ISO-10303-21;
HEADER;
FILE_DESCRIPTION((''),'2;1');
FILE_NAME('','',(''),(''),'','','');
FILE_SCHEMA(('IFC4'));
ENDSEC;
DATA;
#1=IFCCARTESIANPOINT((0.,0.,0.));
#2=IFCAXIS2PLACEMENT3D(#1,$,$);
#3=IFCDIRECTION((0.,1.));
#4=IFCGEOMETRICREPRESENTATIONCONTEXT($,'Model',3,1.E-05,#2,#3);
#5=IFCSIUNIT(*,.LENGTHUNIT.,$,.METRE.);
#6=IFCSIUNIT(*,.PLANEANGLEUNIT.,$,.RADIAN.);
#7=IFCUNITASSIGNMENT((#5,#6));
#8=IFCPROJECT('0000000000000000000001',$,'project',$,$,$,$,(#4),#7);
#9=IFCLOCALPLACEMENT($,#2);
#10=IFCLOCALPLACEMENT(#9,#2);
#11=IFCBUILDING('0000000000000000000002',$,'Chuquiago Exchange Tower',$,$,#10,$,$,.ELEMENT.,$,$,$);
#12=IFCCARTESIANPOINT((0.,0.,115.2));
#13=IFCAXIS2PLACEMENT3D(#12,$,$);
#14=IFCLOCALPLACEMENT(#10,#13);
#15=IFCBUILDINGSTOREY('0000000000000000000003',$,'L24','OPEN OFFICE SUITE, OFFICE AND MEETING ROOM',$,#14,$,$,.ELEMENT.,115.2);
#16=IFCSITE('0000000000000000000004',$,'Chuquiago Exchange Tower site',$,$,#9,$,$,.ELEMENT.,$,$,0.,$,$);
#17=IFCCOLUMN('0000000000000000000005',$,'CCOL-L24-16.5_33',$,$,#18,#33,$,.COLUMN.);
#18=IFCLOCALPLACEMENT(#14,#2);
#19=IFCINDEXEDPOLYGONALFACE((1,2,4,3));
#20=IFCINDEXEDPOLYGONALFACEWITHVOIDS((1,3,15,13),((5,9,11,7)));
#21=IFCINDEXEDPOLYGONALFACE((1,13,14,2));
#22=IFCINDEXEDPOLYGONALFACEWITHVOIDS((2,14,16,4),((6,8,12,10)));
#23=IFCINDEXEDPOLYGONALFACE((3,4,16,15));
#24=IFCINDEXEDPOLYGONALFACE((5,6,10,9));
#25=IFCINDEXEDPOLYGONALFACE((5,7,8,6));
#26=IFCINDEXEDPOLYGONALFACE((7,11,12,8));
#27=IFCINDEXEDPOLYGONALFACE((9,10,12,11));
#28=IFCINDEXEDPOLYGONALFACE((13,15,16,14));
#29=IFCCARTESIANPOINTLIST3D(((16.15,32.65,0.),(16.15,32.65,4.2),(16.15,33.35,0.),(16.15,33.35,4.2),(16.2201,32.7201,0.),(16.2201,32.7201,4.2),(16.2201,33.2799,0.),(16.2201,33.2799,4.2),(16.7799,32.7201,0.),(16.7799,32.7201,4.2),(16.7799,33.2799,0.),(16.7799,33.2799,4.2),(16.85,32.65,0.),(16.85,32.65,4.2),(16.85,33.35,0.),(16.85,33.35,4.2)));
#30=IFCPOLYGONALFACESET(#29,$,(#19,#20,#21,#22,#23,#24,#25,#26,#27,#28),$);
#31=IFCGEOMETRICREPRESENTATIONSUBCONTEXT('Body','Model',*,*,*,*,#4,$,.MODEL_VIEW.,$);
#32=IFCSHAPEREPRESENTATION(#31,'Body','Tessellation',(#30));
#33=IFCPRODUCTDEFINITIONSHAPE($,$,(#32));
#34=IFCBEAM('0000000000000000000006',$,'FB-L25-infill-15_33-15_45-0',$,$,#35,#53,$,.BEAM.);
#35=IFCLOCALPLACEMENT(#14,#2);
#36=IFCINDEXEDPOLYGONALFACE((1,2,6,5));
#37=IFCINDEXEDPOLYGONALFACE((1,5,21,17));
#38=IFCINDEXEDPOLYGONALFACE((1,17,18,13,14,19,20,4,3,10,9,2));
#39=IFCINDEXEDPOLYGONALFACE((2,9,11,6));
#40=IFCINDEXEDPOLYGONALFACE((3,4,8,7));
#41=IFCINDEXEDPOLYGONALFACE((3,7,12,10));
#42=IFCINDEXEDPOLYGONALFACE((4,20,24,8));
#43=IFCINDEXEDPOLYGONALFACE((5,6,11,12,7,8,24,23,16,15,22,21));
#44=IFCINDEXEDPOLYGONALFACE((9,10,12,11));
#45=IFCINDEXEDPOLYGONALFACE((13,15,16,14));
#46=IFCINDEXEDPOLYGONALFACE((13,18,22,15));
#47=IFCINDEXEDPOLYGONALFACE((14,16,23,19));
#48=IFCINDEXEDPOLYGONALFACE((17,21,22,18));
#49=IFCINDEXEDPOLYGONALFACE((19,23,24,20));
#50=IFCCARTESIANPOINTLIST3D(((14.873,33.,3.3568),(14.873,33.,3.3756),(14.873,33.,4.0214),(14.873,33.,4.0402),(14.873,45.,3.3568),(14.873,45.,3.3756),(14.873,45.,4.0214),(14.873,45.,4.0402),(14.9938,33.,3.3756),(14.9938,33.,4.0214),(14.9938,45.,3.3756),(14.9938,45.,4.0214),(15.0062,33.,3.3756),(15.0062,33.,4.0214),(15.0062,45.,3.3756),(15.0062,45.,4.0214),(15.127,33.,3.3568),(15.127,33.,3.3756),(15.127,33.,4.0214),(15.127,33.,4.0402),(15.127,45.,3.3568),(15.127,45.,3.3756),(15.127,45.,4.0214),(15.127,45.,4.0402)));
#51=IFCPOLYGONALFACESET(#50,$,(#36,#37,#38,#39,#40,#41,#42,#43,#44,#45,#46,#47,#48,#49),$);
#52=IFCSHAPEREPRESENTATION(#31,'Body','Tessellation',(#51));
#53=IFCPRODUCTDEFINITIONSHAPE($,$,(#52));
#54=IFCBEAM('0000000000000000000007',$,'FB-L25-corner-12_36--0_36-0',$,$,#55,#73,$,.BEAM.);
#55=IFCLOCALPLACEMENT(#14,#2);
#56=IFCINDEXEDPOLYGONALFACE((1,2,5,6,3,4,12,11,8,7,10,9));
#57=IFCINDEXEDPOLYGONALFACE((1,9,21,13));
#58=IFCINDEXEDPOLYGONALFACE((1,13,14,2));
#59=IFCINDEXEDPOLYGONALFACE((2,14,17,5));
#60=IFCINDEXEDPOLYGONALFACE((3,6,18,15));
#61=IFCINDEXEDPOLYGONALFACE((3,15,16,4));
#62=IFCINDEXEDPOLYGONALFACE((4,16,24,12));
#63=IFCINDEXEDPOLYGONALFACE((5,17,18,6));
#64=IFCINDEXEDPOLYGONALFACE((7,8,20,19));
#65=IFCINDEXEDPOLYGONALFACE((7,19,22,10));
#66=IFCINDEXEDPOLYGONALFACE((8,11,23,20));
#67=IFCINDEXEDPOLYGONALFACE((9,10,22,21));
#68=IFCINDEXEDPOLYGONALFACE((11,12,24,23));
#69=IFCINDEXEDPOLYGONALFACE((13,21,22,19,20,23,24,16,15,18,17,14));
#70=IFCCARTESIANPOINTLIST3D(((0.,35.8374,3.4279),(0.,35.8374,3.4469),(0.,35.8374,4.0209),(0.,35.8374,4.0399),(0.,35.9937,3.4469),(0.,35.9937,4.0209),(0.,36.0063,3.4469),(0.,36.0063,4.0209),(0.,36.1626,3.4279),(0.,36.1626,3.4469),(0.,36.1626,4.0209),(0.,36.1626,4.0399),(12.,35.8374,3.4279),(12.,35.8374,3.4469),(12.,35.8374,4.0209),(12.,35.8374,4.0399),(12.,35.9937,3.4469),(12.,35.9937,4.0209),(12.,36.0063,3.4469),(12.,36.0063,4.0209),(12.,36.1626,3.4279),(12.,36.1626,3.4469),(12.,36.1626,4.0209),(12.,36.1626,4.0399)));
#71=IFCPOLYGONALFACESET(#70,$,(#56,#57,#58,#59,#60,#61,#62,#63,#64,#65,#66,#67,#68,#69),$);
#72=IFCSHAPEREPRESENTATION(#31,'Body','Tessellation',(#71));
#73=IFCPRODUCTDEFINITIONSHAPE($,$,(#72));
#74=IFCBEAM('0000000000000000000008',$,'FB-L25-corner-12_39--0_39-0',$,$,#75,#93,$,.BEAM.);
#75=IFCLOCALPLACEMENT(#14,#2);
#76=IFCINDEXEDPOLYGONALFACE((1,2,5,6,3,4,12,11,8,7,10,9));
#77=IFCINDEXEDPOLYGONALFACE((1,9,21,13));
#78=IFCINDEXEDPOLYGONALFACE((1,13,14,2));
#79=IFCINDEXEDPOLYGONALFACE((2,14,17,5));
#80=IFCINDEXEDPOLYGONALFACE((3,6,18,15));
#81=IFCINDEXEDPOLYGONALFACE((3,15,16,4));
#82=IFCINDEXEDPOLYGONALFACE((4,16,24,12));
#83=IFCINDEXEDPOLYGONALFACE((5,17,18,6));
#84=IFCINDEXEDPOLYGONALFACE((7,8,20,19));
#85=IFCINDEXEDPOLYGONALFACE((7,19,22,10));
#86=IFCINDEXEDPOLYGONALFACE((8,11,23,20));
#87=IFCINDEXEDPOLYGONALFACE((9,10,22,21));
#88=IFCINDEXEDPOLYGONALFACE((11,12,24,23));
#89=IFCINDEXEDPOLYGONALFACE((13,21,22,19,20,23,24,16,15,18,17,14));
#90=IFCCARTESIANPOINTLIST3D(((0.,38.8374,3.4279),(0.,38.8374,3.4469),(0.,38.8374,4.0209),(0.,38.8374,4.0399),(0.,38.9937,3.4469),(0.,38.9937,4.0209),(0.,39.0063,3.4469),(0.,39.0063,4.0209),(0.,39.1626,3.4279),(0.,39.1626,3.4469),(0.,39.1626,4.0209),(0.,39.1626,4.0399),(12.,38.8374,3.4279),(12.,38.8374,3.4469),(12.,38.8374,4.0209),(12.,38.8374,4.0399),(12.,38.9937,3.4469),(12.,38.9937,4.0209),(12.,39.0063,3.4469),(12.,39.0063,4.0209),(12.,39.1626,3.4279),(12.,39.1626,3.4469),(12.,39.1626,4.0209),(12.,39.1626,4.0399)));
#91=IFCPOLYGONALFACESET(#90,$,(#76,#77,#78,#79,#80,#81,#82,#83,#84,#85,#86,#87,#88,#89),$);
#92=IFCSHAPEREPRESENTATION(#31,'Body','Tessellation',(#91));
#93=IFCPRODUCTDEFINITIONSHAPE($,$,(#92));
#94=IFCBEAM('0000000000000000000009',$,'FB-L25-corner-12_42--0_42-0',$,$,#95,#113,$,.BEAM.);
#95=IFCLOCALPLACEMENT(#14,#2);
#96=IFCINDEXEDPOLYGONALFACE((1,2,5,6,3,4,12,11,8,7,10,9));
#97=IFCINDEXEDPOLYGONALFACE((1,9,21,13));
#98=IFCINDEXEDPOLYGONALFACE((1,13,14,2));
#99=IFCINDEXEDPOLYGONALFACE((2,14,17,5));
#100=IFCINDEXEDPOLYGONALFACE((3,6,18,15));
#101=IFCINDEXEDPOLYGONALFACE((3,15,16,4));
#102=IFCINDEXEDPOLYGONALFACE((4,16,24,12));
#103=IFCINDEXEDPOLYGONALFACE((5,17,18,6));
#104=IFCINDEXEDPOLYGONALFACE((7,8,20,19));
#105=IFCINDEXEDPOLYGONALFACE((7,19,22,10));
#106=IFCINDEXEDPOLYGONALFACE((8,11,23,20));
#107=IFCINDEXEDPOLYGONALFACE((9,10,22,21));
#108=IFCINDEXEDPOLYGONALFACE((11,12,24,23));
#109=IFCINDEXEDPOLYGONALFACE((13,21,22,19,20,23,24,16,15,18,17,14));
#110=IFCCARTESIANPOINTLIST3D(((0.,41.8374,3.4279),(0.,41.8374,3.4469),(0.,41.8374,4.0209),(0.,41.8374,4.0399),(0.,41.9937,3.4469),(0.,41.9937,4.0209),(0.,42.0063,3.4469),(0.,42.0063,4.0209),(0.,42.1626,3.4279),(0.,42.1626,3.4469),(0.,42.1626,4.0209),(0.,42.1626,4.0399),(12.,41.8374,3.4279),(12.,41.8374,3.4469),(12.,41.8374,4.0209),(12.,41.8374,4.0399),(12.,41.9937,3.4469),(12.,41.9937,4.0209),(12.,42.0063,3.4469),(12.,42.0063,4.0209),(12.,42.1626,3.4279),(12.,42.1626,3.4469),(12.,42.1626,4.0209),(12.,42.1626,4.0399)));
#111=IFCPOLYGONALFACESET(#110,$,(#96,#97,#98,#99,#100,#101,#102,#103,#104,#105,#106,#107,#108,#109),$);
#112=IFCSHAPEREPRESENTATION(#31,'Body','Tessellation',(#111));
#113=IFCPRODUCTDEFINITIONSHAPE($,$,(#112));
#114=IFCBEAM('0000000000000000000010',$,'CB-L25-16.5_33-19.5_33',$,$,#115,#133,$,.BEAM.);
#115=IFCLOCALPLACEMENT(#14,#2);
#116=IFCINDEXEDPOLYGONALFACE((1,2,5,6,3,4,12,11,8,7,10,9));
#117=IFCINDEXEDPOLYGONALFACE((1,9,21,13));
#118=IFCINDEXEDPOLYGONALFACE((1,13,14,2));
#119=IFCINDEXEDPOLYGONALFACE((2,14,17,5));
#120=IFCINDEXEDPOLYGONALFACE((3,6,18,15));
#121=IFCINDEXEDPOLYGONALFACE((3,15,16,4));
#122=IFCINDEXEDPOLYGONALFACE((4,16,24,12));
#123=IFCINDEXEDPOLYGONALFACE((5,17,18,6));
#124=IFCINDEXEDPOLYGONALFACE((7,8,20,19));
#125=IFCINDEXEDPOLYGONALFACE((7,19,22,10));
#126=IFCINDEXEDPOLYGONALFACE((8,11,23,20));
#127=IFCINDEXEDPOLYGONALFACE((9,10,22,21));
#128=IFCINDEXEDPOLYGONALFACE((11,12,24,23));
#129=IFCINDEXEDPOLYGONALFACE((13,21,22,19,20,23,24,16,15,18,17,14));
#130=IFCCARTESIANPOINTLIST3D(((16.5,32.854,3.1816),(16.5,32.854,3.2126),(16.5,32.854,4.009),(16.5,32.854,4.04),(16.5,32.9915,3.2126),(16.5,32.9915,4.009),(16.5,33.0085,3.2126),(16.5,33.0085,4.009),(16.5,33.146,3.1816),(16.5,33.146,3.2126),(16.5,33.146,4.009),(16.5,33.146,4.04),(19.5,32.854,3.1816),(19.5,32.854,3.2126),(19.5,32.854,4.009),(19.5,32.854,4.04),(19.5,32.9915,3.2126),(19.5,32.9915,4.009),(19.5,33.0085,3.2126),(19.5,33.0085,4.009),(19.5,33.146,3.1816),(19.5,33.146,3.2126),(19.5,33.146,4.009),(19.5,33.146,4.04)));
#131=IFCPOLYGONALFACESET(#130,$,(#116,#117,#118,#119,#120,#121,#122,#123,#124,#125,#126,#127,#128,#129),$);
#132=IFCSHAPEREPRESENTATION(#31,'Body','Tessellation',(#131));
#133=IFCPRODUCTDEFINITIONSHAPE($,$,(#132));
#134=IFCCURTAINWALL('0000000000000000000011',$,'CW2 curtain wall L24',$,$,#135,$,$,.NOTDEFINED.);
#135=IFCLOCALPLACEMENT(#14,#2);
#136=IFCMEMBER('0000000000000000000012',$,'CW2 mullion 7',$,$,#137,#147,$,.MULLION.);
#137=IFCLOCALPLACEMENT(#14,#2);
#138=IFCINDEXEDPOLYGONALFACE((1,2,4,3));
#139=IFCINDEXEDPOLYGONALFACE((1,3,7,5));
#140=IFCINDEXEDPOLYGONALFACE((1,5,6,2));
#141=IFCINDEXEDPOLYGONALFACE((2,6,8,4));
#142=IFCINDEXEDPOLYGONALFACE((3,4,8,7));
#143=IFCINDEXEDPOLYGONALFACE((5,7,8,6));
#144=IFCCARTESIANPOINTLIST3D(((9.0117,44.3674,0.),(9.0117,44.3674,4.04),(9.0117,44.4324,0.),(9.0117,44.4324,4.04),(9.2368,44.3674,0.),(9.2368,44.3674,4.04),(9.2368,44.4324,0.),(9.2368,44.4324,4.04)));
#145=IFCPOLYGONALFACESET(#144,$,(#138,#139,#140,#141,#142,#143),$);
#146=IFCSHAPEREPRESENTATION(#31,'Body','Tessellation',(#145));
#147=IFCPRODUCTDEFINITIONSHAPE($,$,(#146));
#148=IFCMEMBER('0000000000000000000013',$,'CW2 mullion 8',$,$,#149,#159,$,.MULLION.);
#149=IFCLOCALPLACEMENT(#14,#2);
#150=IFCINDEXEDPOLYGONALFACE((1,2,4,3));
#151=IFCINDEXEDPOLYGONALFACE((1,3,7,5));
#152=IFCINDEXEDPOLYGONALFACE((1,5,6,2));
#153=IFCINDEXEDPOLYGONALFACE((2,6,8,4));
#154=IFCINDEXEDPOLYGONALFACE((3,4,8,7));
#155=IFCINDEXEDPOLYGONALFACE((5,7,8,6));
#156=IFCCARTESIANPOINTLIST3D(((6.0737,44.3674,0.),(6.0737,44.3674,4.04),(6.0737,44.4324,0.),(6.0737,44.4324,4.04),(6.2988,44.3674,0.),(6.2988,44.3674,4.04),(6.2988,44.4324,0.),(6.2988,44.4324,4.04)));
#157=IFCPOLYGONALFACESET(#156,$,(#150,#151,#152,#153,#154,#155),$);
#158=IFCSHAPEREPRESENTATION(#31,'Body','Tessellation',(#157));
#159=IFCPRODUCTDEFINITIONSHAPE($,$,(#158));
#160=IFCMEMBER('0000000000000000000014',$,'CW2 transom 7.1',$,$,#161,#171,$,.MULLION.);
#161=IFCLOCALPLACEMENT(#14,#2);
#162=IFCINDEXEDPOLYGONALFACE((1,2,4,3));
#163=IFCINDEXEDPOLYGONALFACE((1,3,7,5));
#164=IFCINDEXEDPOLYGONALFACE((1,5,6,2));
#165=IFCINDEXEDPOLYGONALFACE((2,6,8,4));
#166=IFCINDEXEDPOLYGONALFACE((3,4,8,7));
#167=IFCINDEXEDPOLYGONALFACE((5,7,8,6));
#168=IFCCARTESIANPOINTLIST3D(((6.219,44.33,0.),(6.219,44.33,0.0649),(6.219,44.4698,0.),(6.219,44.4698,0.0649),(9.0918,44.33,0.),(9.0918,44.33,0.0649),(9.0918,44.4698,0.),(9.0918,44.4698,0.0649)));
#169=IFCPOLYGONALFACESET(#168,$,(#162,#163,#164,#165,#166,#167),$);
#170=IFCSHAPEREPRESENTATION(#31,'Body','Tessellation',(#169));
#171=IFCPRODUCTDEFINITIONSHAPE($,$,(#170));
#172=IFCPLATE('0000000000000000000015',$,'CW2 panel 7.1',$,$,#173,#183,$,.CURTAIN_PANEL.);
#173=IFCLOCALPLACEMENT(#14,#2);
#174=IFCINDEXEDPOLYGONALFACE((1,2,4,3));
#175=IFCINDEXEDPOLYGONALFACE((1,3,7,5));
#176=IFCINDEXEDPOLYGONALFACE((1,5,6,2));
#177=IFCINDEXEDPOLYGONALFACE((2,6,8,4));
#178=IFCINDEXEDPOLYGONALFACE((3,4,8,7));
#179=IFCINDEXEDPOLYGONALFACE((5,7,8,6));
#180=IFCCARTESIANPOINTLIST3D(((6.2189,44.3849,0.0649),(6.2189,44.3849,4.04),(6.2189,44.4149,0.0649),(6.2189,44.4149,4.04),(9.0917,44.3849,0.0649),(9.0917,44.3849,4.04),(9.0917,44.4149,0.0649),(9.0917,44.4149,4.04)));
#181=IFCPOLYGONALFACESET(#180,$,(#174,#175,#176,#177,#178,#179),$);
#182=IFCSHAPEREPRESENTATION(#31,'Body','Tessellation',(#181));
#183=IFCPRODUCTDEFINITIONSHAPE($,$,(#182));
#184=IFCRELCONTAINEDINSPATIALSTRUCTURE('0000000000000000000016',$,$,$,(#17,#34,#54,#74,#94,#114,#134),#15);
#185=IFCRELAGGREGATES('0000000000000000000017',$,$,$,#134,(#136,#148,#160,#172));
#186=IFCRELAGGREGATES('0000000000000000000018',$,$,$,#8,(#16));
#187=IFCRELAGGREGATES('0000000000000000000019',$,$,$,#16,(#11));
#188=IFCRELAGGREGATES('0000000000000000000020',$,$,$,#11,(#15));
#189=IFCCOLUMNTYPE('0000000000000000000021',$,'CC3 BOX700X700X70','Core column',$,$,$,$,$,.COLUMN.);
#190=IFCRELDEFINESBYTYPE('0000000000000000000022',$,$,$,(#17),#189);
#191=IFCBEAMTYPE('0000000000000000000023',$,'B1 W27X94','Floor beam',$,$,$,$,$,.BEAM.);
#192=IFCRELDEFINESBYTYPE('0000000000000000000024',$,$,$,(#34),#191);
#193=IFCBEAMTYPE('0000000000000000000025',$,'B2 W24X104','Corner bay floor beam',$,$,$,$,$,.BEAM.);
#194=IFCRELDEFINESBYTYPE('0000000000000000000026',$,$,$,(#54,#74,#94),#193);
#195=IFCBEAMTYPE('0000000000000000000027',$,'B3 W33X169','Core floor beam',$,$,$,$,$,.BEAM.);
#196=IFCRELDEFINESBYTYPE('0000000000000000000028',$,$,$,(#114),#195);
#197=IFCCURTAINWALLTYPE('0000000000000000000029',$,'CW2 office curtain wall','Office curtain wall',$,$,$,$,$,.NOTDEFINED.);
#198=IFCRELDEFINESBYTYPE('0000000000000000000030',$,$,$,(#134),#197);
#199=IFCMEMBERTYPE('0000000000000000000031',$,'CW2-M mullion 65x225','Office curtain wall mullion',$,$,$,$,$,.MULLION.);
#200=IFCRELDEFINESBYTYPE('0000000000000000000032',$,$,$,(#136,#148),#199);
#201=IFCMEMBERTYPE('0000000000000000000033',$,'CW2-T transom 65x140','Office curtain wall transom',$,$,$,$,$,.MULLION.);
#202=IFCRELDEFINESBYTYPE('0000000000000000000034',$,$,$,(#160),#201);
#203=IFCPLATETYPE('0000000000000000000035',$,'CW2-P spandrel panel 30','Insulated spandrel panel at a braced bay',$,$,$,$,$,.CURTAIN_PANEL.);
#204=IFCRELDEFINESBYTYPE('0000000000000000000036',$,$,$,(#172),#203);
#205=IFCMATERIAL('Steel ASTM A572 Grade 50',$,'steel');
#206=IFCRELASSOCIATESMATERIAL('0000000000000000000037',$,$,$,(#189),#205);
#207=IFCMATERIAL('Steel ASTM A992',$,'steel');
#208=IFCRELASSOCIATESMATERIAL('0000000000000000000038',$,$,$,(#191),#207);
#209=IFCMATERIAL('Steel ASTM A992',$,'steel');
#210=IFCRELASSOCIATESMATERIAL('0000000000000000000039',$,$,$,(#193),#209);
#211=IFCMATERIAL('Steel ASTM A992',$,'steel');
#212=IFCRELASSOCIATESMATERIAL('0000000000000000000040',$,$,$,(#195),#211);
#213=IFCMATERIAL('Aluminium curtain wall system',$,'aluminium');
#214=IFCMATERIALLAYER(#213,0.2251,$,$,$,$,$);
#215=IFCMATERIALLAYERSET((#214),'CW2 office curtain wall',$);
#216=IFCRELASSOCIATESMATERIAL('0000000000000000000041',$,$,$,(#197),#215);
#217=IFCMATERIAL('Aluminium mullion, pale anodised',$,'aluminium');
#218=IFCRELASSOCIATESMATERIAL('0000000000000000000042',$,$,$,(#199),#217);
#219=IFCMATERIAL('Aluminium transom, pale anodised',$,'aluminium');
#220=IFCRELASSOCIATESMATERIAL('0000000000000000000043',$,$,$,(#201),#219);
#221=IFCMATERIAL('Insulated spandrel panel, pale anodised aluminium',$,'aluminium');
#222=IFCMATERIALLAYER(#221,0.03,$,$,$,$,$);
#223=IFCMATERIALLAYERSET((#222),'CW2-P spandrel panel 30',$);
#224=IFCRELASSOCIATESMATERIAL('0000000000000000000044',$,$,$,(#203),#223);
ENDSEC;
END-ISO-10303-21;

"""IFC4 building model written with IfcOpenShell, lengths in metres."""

from ifc_helpers import new_model, si_unit, direction, frame, origin, origin_2d, place, context, subcontext, project, spatial, rectangle, hollow_rectangle, i_section, extrude, material, layer, layer_set, material_profile, profile_set, type_object, element, aggregate, save


model = new_model("IFC4")

# Units and contexts
model_context = context("Model", 3, precision=1e-05, world=origin(), true_north=direction((0.0, 1.0)))
body_context = subcontext(model_context, "Body", "Model", "MODEL_VIEW")
ifc_project = project(units=[si_unit("LENGTHUNIT", "METRE"), si_unit("PLANEANGLEUNIT", "RADIAN")], contexts=[model_context])

# Site, building, storey
site_placement = place(None, origin())
site = spatial("IfcSite", under=ifc_project, at=site_placement, Name="Chuquiago Exchange Tower site", CompositionType="ELEMENT", RefElevation=0.0)
building_placement = place(site_placement, origin())
building = spatial("IfcBuilding", under=site, at=building_placement, Name="Chuquiago Exchange Tower", CompositionType="ELEMENT")
storey_placement = place(building_placement, frame((0.0, 0.0, 115.2)))
storey = spatial("IfcBuildingStorey", under=building, at=storey_placement, Name="L24", Description="OPEN OFFICE SUITE, OFFICE AND MEETING ROOM", CompositionType="ELEMENT", Elevation=115.2)

# Column
ifc_material_1 = material(Name="Steel ASTM A572 Grade 50", Category="steel")
ifc_material_profile_1 = material_profile(ifc_material_1, hollow_rectangle(XDim=0.7, YDim=0.7, WallThickness=0.0701, at=origin_2d()), Name="BOX700X700X70")
ifc_profile_set_1 = profile_set([ifc_material_profile_1], Name="Steel ASTM A572 Grade 50")
column_type = type_object("IfcColumnType", Name="CC3 BOX700X700X70", Description="Core column", PredefinedType="COLUMN", material=ifc_profile_set_1)
column_placement = place(storey_placement, frame((16.5, 33.0, 0.0), z_axis=(0.0, 0.0, 1.0), x_axis=(1.0, 0.0, 0.0)))
element("IfcColumn", 1, at=column_placement, inside=storey, type_object=column_type, Name="CCOL-L24-16.5_33", PredefinedType="COLUMN", context=body_context, shape_type="SweptSolid", body=[
    extrude(hollow_rectangle(XDim=0.7, YDim=0.7, WallThickness=0.0701, at=origin_2d()), origin(), (0.0, 0.0, 1.0), 4.2),
])

# Beams
ifc_material_2 = material(Name="Steel ASTM A992", Category="steel")
ifc_material_profile_2 = material_profile(ifc_material_2, i_section(OverallWidth=0.2539, OverallDepth=0.6833, WebThickness=0.0125, FlangeThickness=0.0188, at=origin_2d()), Name="W27X94")
ifc_profile_set_2 = profile_set([ifc_material_profile_2], Name="Steel ASTM A992")
beam_type_1 = type_object("IfcBeamType", Name="B1 W27X94", Description="Floor beam", PredefinedType="BEAM", material=ifc_profile_set_2)
beam_1_placement = place(storey_placement, frame((15.0, 33.0, 3.6985), z_axis=(0.0, 1.0, 0.0), x_axis=(-1.0, 0.0, 0.0)))
element("IfcBeam", 2, at=beam_1_placement, inside=storey, type_object=beam_type_1, Name="FB-L25-infill-15_33-15_45-0", PredefinedType="BEAM", context=body_context, shape_type="SweptSolid", body=[
    extrude(i_section(OverallWidth=0.2539, OverallDepth=0.6833, WebThickness=0.0125, FlangeThickness=0.0188, at=origin_2d()), origin(), (0.0, 0.0, 1.0), 12.0),
])
ifc_material_3 = material(Name="Steel ASTM A992", Category="steel")
ifc_material_profile_3 = material_profile(ifc_material_3, i_section(OverallWidth=0.3252, OverallDepth=0.6121, WebThickness=0.0127, FlangeThickness=0.019, at=origin_2d()), Name="W24X104")
ifc_profile_set_3 = profile_set([ifc_material_profile_3], Name="Steel ASTM A992")
beam_type_2 = type_object("IfcBeamType", Name="B2 W24X104", Description="Corner bay floor beam", PredefinedType="BEAM", material=ifc_profile_set_3)
for number, where, z_axis, x_axis, name in (
    (3, (12.0, 36.0, 3.7339), (-1.0, 0.0, 0.0), (0.0, -1.0, 0.0), "FB-L25-corner-12_36--0_36-0"),
    (4, (12.0, 39.0, 3.7339), (-1.0, 0.0, 0.0), (0.0, -1.0, 0.0), "FB-L25-corner-12_39--0_39-0"),
    (5, (12.0, 42.0, 3.7339), (-1.0, 0.0, 0.0), (0.0, -1.0, 0.0), "FB-L25-corner-12_42--0_42-0"),
):
    element("IfcBeam", number, at=place(storey_placement, frame(where, z_axis=z_axis, x_axis=x_axis)), inside=storey, type_object=beam_type_2, Name=name, PredefinedType="BEAM", context=body_context, shape_type="SweptSolid", body=[
        extrude(i_section(OverallWidth=0.3252, OverallDepth=0.6121, WebThickness=0.0127, FlangeThickness=0.019, at=origin_2d()), origin(), (0.0, 0.0, 1.0), 12.0),
    ])
ifc_material_4 = material(Name="Steel ASTM A992", Category="steel")
ifc_material_profile_4 = material_profile(ifc_material_4, i_section(OverallWidth=0.292, OverallDepth=0.8584, WebThickness=0.0171, FlangeThickness=0.031, at=origin_2d()), Name="W33X169")
ifc_profile_set_4 = profile_set([ifc_material_profile_4], Name="Steel ASTM A992")
beam_type_3 = type_object("IfcBeamType", Name="B3 W33X169", Description="Core floor beam", PredefinedType="BEAM", material=ifc_profile_set_4)
beam_2_placement = place(storey_placement, frame((16.5, 33.0, 3.6108), z_axis=(1.0, 0.0, 0.0), x_axis=(0.0, 1.0, 0.0)))
element("IfcBeam", 6, at=beam_2_placement, inside=storey, type_object=beam_type_3, Name="CB-L25-16.5_33-19.5_33", PredefinedType="BEAM", context=body_context, shape_type="SweptSolid", body=[
    extrude(i_section(OverallWidth=0.292, OverallDepth=0.8584, WebThickness=0.0171, FlangeThickness=0.031, at=origin_2d()), origin(), (0.0, 0.0, 1.0), 3.0),
])

# Curtain wall, members, plate
ifc_material_5 = material(Name="Aluminium curtain wall system", Category="aluminium")
ifc_layer_1 = layer(ifc_material_5, 0.2251)
ifc_layer_set_1 = layer_set([ifc_layer_1], Name="CW2 office curtain wall")
curtain_wall_type = type_object("IfcCurtainWallType", Name="CW2 office curtain wall", Description="Office curtain wall", PredefinedType="NOTDEFINED", material=ifc_layer_set_1)
curtain_wall_placement = place(storey_placement, origin())
curtain_wall = element("IfcCurtainWall", 7, at=curtain_wall_placement, inside=storey, type_object=curtain_wall_type, Name="CW2 curtain wall L24", PredefinedType="NOTDEFINED")
ifc_material_6 = material(Name="Aluminium mullion, pale anodised", Category="aluminium")
ifc_material_profile_5 = material_profile(ifc_material_6, rectangle(XDim=0.0649, YDim=0.2251, at=origin_2d()), Name="AL 65x225")
ifc_profile_set_5 = profile_set([ifc_material_profile_5], Name="Aluminium mullion, pale anodised")
member_type_1 = type_object("IfcMemberType", Name="CW2-M mullion 65x225", Description="Office curtain wall mullion", PredefinedType="MULLION", material=ifc_profile_set_5)
member_1_placement = place(storey_placement, frame((9.1243, 44.3999, 0.0), z_axis=(0.0, 0.0, 1.0), x_axis=(0.0, -1.0, 0.0)))
member_1 = element("IfcMember", 8, at=member_1_placement, type_object=member_type_1, Name="CW2 mullion 7", PredefinedType="MULLION", context=body_context, shape_type="SweptSolid", body=[
    extrude(rectangle(XDim=0.0649, YDim=0.2251, at=origin_2d()), origin(), (0.0, 0.0, 1.0), 4.04),
])
member_2_placement = place(storey_placement, frame((6.1863, 44.3999, 0.0), z_axis=(0.0, 0.0, 1.0), x_axis=(0.0, -1.0, 0.0)))
member_2 = element("IfcMember", 9, at=member_2_placement, type_object=member_type_1, Name="CW2 mullion 8", PredefinedType="MULLION", context=body_context, shape_type="SweptSolid", body=[
    extrude(rectangle(XDim=0.0649, YDim=0.2251, at=origin_2d()), origin(), (0.0, 0.0, 1.0), 4.04),
])
ifc_material_7 = material(Name="Aluminium transom, pale anodised", Category="aluminium")
ifc_material_profile_6 = material_profile(ifc_material_7, rectangle(XDim=0.1399, YDim=0.0649, at=origin_2d()), Name="AL 140x65")
ifc_profile_set_6 = profile_set([ifc_material_profile_6], Name="Aluminium transom, pale anodised")
member_type_2 = type_object("IfcMemberType", Name="CW2-T transom 65x140", Description="Office curtain wall transom", PredefinedType="MULLION", material=ifc_profile_set_6)
member_3_placement = place(storey_placement, frame((9.0918, 44.3999, 0.0325), z_axis=(-1.0, 0.0, 0.0), x_axis=(0.0, -1.0, 0.0)))
member_3 = element("IfcMember", 10, at=member_3_placement, type_object=member_type_2, Name="CW2 transom 7.1", PredefinedType="MULLION", context=body_context, shape_type="SweptSolid", body=[
    extrude(rectangle(XDim=0.1399, YDim=0.0649, at=origin_2d()), origin(), (0.0, 0.0, 1.0), 2.8728),
])
ifc_material_8 = material(Name="Insulated spandrel panel, pale anodised aluminium", Category="aluminium")
ifc_layer_2 = layer(ifc_material_8, 0.03)
ifc_layer_set_2 = layer_set([ifc_layer_2], Name="CW2-P spandrel panel 30")
plate_type = type_object("IfcPlateType", Name="CW2-P spandrel panel 30", Description="Insulated spandrel panel at a braced bay", PredefinedType="CURTAIN_PANEL", material=ifc_layer_set_2)
plate_placement = place(storey_placement, frame((7.6553, 44.3999, 0.0649), z_axis=(0.0, 0.0, 1.0), x_axis=(-1.0, 0.0, 0.0)))
plate = element("IfcPlate", 11, at=plate_placement, type_object=plate_type, Name="CW2 panel 7.1", PredefinedType="CURTAIN_PANEL", context=body_context, shape_type="SweptSolid", body=[
    extrude(rectangle(XDim=2.8728, YDim=0.03, at=origin_2d()), origin(), (0.0, 0.0, 1.0), 3.9751),
])
aggregate(curtain_wall, [member_1, member_2, member_3, plate])

save(model, "model.ifc")
